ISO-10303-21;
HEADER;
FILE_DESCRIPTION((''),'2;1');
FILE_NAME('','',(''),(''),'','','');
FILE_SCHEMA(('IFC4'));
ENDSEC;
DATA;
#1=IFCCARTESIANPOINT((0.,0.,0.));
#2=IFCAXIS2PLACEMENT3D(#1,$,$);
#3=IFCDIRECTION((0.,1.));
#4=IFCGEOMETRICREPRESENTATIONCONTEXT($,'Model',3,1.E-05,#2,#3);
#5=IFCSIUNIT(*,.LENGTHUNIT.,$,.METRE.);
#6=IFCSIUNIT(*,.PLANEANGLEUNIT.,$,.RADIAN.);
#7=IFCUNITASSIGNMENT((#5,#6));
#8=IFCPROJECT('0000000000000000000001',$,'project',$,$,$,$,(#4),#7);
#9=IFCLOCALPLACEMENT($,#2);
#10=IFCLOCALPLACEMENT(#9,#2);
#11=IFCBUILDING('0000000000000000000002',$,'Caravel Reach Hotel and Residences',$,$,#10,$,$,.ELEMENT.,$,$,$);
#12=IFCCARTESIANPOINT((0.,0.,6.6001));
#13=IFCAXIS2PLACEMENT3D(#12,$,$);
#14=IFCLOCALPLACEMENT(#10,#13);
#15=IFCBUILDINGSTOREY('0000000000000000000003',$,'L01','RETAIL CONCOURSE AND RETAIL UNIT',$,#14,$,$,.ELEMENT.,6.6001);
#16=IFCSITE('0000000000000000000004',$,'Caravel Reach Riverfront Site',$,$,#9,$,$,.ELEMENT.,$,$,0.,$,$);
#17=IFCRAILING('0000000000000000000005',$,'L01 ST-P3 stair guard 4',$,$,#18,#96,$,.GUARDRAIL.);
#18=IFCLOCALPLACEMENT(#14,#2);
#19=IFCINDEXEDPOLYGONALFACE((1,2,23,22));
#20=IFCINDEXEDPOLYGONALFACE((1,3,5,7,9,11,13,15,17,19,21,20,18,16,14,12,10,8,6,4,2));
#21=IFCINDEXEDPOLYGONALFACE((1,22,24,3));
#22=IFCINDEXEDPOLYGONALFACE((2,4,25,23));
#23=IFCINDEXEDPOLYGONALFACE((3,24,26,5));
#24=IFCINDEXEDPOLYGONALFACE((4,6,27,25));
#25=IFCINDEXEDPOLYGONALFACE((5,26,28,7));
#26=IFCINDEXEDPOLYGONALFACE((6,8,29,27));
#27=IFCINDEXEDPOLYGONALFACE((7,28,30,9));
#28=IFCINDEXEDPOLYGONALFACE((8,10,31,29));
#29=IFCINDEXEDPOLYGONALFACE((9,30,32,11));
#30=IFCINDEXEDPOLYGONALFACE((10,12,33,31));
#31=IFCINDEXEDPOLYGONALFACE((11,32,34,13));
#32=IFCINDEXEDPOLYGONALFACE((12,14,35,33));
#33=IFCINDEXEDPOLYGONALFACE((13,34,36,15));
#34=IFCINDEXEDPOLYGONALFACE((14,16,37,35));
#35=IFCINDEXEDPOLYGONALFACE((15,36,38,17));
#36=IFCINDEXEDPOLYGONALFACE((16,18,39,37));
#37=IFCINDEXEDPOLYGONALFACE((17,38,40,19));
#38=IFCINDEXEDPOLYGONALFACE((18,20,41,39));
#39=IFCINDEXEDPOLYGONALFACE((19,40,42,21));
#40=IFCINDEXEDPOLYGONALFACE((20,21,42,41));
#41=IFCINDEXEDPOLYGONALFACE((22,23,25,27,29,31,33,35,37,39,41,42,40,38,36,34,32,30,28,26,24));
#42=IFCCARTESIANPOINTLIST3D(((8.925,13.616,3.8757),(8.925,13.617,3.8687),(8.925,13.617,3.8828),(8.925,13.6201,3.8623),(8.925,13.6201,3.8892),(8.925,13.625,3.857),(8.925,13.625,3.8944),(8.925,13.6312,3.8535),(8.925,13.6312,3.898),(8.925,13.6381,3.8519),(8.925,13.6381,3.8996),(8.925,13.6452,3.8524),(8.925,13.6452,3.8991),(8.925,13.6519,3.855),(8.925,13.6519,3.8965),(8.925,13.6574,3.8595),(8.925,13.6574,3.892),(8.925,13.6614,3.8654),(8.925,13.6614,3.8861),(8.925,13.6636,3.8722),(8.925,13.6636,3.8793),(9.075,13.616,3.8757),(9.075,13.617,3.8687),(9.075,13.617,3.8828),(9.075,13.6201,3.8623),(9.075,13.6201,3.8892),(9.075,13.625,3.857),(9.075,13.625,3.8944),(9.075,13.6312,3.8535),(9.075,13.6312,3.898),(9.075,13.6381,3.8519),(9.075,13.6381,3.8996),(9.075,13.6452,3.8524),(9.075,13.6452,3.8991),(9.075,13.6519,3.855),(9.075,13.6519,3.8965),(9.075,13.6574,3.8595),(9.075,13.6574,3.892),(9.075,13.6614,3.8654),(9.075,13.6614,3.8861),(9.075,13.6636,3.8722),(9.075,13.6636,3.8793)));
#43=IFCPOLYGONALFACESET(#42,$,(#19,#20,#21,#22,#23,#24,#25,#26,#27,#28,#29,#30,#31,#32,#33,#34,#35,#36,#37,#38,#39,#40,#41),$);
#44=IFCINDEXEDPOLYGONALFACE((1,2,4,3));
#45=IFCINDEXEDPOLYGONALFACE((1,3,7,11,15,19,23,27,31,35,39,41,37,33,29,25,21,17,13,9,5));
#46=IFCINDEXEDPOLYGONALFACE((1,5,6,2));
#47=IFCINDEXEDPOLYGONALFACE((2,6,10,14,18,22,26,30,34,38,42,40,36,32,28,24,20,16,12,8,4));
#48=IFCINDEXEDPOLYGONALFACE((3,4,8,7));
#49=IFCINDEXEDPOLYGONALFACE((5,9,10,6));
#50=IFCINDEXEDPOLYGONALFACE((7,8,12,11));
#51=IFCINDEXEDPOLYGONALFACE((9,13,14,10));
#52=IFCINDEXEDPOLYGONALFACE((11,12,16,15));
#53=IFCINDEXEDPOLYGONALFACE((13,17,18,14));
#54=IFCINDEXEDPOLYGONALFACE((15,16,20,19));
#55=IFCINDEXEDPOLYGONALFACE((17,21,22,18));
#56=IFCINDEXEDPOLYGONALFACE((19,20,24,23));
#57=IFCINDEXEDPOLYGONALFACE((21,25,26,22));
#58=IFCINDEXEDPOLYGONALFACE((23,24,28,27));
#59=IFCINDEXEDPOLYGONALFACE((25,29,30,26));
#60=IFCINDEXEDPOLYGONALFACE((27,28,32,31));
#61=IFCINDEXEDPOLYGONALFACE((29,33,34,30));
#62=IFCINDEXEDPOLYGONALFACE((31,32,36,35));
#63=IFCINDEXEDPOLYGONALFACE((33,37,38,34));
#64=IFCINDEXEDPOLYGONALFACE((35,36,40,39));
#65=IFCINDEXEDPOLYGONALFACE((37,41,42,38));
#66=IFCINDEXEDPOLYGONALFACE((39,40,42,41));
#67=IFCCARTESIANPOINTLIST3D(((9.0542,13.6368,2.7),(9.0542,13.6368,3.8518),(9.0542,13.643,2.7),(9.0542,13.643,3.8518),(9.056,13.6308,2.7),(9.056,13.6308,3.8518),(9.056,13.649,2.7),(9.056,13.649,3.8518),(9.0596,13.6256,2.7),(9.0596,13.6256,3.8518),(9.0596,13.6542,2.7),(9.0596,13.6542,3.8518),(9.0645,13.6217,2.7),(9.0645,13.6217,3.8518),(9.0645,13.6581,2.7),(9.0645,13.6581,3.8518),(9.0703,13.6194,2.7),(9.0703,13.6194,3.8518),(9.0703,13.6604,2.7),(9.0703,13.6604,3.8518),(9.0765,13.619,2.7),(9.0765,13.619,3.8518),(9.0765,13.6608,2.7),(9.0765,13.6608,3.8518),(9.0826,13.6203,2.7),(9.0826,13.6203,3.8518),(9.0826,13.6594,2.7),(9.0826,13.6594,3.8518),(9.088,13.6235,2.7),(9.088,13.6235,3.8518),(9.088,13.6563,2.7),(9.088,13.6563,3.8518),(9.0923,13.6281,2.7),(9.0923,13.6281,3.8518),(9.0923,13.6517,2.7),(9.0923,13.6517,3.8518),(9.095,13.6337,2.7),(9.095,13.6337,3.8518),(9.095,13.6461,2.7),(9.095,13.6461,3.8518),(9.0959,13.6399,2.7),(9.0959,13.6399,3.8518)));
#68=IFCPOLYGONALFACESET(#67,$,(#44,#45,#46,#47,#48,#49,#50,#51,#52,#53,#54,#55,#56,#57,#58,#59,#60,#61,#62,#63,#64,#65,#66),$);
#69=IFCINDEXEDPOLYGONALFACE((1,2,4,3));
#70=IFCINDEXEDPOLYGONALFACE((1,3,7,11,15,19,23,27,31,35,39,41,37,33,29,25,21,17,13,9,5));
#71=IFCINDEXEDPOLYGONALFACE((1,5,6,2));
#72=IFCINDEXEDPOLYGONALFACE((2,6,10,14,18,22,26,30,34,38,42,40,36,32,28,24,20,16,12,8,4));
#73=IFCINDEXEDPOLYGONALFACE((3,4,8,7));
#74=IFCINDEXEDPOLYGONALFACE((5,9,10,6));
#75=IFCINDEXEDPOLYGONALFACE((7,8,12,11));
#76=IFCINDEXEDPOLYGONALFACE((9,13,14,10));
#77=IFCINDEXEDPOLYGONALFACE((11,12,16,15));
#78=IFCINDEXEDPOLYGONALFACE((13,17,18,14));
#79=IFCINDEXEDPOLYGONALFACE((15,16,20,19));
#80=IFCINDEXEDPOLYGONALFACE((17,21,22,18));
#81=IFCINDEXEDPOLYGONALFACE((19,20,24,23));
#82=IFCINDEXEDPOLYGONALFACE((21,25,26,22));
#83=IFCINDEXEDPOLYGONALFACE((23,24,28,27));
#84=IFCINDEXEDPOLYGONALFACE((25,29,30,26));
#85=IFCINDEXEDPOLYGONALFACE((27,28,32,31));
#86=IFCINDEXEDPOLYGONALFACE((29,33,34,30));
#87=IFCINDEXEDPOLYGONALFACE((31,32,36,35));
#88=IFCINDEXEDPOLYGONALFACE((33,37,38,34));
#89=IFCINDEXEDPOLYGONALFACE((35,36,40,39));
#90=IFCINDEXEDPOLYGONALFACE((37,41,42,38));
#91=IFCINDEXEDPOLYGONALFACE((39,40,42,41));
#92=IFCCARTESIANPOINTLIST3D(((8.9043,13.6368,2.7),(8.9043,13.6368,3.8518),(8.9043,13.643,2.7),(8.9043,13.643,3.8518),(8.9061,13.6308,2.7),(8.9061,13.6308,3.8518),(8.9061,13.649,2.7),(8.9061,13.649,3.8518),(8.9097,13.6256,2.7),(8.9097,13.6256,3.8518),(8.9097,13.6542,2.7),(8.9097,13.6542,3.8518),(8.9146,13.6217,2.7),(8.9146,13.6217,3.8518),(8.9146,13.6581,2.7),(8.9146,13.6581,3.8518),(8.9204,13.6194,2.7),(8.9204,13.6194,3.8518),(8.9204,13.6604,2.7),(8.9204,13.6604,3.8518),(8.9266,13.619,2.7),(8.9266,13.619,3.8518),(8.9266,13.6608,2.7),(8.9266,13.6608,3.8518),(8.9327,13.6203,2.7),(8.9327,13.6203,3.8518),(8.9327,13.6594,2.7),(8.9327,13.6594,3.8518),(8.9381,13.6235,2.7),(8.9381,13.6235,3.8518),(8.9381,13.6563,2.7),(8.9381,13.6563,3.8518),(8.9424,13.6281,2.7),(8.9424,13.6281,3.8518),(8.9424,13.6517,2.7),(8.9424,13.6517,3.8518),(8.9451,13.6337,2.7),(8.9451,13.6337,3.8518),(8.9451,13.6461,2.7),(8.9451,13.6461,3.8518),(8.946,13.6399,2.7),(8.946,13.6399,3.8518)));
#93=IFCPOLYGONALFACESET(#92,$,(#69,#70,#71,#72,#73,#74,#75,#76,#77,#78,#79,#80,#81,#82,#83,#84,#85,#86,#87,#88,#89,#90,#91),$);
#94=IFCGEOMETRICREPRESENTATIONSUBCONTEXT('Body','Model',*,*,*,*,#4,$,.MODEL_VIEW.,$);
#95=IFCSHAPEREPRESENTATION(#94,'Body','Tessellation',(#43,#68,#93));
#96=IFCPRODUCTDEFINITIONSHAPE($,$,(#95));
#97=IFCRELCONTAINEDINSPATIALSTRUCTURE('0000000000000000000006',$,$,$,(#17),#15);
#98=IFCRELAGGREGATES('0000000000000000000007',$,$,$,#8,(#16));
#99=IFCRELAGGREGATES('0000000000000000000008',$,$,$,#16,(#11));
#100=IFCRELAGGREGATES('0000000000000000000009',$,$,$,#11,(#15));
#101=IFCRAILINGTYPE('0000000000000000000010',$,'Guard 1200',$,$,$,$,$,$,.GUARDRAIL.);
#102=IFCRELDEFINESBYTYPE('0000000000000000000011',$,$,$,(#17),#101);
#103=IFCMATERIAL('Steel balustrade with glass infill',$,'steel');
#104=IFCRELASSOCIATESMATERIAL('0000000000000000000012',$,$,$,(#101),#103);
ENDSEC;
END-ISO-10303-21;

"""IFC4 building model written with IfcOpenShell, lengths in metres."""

from ifc_helpers import new_model, si_unit, direction, frame, origin, origin_2d, place, context, subcontext, project, spatial, circle, extrude, material, type_object, element, save


model = new_model("IFC4")

# Units and contexts
model_context = context("Model", 3, precision=1e-05, world=origin(), true_north=direction((0.0, 1.0)))
body_context = subcontext(model_context, "Body", "Model", "MODEL_VIEW")
ifc_project = project(units=[si_unit("LENGTHUNIT", "METRE"), si_unit("PLANEANGLEUNIT", "RADIAN")], contexts=[model_context])

# Site, building, storey
site_placement = place(None, origin())
site = spatial("IfcSite", under=ifc_project, at=site_placement, Name="Caravel Reach Riverfront Site", CompositionType="ELEMENT", RefElevation=0.0)
building_placement = place(site_placement, origin())
building = spatial("IfcBuilding", under=site, at=building_placement, Name="Caravel Reach Hotel and Residences", CompositionType="ELEMENT")
storey_placement = place(building_placement, frame((0.0, 0.0, 6.6001)))
storey = spatial("IfcBuildingStorey", under=building, at=storey_placement, Name="L01", Description="RETAIL CONCOURSE AND RETAIL UNIT", CompositionType="ELEMENT", Elevation=6.6001)

# Railing
ifc_material_1 = material(Name="Steel balustrade with glass infill", Category="steel")
railing_type_1 = type_object("IfcRailingType", Name="Guard 1200", PredefinedType="GUARDRAIL", material=ifc_material_1)
railing_1_placement = place(storey_placement, frame((9.075, 13.6399, 2.7)))
element("IfcRailing", 1, at=railing_1_placement, inside=storey, type_object=railing_type_1, Name="L01 ST-P3 stair guard 4", PredefinedType="GUARDRAIL", context=body_context, shape_type="SweptSolid", body=[
    extrude(circle(Radius=0.0239, at=origin_2d()), frame((0.0, 0.0, 1.1758), z_axis=(-1.0, 0.0, 0.0), x_axis=(0.0, -1.0, 0.0)), (0.0, 0.0, 1.0), 0.1499),
    extrude(circle(Radius=0.021, at=origin_2d()), origin(), (0.0, 0.0, 1.0), 1.1519),
    extrude(circle(Radius=0.021, at=origin_2d()), frame((-0.1499, 0.0, 0.0)), (0.0, 0.0, 1.0), 1.1519),
])

save(model, "model.ifc")
